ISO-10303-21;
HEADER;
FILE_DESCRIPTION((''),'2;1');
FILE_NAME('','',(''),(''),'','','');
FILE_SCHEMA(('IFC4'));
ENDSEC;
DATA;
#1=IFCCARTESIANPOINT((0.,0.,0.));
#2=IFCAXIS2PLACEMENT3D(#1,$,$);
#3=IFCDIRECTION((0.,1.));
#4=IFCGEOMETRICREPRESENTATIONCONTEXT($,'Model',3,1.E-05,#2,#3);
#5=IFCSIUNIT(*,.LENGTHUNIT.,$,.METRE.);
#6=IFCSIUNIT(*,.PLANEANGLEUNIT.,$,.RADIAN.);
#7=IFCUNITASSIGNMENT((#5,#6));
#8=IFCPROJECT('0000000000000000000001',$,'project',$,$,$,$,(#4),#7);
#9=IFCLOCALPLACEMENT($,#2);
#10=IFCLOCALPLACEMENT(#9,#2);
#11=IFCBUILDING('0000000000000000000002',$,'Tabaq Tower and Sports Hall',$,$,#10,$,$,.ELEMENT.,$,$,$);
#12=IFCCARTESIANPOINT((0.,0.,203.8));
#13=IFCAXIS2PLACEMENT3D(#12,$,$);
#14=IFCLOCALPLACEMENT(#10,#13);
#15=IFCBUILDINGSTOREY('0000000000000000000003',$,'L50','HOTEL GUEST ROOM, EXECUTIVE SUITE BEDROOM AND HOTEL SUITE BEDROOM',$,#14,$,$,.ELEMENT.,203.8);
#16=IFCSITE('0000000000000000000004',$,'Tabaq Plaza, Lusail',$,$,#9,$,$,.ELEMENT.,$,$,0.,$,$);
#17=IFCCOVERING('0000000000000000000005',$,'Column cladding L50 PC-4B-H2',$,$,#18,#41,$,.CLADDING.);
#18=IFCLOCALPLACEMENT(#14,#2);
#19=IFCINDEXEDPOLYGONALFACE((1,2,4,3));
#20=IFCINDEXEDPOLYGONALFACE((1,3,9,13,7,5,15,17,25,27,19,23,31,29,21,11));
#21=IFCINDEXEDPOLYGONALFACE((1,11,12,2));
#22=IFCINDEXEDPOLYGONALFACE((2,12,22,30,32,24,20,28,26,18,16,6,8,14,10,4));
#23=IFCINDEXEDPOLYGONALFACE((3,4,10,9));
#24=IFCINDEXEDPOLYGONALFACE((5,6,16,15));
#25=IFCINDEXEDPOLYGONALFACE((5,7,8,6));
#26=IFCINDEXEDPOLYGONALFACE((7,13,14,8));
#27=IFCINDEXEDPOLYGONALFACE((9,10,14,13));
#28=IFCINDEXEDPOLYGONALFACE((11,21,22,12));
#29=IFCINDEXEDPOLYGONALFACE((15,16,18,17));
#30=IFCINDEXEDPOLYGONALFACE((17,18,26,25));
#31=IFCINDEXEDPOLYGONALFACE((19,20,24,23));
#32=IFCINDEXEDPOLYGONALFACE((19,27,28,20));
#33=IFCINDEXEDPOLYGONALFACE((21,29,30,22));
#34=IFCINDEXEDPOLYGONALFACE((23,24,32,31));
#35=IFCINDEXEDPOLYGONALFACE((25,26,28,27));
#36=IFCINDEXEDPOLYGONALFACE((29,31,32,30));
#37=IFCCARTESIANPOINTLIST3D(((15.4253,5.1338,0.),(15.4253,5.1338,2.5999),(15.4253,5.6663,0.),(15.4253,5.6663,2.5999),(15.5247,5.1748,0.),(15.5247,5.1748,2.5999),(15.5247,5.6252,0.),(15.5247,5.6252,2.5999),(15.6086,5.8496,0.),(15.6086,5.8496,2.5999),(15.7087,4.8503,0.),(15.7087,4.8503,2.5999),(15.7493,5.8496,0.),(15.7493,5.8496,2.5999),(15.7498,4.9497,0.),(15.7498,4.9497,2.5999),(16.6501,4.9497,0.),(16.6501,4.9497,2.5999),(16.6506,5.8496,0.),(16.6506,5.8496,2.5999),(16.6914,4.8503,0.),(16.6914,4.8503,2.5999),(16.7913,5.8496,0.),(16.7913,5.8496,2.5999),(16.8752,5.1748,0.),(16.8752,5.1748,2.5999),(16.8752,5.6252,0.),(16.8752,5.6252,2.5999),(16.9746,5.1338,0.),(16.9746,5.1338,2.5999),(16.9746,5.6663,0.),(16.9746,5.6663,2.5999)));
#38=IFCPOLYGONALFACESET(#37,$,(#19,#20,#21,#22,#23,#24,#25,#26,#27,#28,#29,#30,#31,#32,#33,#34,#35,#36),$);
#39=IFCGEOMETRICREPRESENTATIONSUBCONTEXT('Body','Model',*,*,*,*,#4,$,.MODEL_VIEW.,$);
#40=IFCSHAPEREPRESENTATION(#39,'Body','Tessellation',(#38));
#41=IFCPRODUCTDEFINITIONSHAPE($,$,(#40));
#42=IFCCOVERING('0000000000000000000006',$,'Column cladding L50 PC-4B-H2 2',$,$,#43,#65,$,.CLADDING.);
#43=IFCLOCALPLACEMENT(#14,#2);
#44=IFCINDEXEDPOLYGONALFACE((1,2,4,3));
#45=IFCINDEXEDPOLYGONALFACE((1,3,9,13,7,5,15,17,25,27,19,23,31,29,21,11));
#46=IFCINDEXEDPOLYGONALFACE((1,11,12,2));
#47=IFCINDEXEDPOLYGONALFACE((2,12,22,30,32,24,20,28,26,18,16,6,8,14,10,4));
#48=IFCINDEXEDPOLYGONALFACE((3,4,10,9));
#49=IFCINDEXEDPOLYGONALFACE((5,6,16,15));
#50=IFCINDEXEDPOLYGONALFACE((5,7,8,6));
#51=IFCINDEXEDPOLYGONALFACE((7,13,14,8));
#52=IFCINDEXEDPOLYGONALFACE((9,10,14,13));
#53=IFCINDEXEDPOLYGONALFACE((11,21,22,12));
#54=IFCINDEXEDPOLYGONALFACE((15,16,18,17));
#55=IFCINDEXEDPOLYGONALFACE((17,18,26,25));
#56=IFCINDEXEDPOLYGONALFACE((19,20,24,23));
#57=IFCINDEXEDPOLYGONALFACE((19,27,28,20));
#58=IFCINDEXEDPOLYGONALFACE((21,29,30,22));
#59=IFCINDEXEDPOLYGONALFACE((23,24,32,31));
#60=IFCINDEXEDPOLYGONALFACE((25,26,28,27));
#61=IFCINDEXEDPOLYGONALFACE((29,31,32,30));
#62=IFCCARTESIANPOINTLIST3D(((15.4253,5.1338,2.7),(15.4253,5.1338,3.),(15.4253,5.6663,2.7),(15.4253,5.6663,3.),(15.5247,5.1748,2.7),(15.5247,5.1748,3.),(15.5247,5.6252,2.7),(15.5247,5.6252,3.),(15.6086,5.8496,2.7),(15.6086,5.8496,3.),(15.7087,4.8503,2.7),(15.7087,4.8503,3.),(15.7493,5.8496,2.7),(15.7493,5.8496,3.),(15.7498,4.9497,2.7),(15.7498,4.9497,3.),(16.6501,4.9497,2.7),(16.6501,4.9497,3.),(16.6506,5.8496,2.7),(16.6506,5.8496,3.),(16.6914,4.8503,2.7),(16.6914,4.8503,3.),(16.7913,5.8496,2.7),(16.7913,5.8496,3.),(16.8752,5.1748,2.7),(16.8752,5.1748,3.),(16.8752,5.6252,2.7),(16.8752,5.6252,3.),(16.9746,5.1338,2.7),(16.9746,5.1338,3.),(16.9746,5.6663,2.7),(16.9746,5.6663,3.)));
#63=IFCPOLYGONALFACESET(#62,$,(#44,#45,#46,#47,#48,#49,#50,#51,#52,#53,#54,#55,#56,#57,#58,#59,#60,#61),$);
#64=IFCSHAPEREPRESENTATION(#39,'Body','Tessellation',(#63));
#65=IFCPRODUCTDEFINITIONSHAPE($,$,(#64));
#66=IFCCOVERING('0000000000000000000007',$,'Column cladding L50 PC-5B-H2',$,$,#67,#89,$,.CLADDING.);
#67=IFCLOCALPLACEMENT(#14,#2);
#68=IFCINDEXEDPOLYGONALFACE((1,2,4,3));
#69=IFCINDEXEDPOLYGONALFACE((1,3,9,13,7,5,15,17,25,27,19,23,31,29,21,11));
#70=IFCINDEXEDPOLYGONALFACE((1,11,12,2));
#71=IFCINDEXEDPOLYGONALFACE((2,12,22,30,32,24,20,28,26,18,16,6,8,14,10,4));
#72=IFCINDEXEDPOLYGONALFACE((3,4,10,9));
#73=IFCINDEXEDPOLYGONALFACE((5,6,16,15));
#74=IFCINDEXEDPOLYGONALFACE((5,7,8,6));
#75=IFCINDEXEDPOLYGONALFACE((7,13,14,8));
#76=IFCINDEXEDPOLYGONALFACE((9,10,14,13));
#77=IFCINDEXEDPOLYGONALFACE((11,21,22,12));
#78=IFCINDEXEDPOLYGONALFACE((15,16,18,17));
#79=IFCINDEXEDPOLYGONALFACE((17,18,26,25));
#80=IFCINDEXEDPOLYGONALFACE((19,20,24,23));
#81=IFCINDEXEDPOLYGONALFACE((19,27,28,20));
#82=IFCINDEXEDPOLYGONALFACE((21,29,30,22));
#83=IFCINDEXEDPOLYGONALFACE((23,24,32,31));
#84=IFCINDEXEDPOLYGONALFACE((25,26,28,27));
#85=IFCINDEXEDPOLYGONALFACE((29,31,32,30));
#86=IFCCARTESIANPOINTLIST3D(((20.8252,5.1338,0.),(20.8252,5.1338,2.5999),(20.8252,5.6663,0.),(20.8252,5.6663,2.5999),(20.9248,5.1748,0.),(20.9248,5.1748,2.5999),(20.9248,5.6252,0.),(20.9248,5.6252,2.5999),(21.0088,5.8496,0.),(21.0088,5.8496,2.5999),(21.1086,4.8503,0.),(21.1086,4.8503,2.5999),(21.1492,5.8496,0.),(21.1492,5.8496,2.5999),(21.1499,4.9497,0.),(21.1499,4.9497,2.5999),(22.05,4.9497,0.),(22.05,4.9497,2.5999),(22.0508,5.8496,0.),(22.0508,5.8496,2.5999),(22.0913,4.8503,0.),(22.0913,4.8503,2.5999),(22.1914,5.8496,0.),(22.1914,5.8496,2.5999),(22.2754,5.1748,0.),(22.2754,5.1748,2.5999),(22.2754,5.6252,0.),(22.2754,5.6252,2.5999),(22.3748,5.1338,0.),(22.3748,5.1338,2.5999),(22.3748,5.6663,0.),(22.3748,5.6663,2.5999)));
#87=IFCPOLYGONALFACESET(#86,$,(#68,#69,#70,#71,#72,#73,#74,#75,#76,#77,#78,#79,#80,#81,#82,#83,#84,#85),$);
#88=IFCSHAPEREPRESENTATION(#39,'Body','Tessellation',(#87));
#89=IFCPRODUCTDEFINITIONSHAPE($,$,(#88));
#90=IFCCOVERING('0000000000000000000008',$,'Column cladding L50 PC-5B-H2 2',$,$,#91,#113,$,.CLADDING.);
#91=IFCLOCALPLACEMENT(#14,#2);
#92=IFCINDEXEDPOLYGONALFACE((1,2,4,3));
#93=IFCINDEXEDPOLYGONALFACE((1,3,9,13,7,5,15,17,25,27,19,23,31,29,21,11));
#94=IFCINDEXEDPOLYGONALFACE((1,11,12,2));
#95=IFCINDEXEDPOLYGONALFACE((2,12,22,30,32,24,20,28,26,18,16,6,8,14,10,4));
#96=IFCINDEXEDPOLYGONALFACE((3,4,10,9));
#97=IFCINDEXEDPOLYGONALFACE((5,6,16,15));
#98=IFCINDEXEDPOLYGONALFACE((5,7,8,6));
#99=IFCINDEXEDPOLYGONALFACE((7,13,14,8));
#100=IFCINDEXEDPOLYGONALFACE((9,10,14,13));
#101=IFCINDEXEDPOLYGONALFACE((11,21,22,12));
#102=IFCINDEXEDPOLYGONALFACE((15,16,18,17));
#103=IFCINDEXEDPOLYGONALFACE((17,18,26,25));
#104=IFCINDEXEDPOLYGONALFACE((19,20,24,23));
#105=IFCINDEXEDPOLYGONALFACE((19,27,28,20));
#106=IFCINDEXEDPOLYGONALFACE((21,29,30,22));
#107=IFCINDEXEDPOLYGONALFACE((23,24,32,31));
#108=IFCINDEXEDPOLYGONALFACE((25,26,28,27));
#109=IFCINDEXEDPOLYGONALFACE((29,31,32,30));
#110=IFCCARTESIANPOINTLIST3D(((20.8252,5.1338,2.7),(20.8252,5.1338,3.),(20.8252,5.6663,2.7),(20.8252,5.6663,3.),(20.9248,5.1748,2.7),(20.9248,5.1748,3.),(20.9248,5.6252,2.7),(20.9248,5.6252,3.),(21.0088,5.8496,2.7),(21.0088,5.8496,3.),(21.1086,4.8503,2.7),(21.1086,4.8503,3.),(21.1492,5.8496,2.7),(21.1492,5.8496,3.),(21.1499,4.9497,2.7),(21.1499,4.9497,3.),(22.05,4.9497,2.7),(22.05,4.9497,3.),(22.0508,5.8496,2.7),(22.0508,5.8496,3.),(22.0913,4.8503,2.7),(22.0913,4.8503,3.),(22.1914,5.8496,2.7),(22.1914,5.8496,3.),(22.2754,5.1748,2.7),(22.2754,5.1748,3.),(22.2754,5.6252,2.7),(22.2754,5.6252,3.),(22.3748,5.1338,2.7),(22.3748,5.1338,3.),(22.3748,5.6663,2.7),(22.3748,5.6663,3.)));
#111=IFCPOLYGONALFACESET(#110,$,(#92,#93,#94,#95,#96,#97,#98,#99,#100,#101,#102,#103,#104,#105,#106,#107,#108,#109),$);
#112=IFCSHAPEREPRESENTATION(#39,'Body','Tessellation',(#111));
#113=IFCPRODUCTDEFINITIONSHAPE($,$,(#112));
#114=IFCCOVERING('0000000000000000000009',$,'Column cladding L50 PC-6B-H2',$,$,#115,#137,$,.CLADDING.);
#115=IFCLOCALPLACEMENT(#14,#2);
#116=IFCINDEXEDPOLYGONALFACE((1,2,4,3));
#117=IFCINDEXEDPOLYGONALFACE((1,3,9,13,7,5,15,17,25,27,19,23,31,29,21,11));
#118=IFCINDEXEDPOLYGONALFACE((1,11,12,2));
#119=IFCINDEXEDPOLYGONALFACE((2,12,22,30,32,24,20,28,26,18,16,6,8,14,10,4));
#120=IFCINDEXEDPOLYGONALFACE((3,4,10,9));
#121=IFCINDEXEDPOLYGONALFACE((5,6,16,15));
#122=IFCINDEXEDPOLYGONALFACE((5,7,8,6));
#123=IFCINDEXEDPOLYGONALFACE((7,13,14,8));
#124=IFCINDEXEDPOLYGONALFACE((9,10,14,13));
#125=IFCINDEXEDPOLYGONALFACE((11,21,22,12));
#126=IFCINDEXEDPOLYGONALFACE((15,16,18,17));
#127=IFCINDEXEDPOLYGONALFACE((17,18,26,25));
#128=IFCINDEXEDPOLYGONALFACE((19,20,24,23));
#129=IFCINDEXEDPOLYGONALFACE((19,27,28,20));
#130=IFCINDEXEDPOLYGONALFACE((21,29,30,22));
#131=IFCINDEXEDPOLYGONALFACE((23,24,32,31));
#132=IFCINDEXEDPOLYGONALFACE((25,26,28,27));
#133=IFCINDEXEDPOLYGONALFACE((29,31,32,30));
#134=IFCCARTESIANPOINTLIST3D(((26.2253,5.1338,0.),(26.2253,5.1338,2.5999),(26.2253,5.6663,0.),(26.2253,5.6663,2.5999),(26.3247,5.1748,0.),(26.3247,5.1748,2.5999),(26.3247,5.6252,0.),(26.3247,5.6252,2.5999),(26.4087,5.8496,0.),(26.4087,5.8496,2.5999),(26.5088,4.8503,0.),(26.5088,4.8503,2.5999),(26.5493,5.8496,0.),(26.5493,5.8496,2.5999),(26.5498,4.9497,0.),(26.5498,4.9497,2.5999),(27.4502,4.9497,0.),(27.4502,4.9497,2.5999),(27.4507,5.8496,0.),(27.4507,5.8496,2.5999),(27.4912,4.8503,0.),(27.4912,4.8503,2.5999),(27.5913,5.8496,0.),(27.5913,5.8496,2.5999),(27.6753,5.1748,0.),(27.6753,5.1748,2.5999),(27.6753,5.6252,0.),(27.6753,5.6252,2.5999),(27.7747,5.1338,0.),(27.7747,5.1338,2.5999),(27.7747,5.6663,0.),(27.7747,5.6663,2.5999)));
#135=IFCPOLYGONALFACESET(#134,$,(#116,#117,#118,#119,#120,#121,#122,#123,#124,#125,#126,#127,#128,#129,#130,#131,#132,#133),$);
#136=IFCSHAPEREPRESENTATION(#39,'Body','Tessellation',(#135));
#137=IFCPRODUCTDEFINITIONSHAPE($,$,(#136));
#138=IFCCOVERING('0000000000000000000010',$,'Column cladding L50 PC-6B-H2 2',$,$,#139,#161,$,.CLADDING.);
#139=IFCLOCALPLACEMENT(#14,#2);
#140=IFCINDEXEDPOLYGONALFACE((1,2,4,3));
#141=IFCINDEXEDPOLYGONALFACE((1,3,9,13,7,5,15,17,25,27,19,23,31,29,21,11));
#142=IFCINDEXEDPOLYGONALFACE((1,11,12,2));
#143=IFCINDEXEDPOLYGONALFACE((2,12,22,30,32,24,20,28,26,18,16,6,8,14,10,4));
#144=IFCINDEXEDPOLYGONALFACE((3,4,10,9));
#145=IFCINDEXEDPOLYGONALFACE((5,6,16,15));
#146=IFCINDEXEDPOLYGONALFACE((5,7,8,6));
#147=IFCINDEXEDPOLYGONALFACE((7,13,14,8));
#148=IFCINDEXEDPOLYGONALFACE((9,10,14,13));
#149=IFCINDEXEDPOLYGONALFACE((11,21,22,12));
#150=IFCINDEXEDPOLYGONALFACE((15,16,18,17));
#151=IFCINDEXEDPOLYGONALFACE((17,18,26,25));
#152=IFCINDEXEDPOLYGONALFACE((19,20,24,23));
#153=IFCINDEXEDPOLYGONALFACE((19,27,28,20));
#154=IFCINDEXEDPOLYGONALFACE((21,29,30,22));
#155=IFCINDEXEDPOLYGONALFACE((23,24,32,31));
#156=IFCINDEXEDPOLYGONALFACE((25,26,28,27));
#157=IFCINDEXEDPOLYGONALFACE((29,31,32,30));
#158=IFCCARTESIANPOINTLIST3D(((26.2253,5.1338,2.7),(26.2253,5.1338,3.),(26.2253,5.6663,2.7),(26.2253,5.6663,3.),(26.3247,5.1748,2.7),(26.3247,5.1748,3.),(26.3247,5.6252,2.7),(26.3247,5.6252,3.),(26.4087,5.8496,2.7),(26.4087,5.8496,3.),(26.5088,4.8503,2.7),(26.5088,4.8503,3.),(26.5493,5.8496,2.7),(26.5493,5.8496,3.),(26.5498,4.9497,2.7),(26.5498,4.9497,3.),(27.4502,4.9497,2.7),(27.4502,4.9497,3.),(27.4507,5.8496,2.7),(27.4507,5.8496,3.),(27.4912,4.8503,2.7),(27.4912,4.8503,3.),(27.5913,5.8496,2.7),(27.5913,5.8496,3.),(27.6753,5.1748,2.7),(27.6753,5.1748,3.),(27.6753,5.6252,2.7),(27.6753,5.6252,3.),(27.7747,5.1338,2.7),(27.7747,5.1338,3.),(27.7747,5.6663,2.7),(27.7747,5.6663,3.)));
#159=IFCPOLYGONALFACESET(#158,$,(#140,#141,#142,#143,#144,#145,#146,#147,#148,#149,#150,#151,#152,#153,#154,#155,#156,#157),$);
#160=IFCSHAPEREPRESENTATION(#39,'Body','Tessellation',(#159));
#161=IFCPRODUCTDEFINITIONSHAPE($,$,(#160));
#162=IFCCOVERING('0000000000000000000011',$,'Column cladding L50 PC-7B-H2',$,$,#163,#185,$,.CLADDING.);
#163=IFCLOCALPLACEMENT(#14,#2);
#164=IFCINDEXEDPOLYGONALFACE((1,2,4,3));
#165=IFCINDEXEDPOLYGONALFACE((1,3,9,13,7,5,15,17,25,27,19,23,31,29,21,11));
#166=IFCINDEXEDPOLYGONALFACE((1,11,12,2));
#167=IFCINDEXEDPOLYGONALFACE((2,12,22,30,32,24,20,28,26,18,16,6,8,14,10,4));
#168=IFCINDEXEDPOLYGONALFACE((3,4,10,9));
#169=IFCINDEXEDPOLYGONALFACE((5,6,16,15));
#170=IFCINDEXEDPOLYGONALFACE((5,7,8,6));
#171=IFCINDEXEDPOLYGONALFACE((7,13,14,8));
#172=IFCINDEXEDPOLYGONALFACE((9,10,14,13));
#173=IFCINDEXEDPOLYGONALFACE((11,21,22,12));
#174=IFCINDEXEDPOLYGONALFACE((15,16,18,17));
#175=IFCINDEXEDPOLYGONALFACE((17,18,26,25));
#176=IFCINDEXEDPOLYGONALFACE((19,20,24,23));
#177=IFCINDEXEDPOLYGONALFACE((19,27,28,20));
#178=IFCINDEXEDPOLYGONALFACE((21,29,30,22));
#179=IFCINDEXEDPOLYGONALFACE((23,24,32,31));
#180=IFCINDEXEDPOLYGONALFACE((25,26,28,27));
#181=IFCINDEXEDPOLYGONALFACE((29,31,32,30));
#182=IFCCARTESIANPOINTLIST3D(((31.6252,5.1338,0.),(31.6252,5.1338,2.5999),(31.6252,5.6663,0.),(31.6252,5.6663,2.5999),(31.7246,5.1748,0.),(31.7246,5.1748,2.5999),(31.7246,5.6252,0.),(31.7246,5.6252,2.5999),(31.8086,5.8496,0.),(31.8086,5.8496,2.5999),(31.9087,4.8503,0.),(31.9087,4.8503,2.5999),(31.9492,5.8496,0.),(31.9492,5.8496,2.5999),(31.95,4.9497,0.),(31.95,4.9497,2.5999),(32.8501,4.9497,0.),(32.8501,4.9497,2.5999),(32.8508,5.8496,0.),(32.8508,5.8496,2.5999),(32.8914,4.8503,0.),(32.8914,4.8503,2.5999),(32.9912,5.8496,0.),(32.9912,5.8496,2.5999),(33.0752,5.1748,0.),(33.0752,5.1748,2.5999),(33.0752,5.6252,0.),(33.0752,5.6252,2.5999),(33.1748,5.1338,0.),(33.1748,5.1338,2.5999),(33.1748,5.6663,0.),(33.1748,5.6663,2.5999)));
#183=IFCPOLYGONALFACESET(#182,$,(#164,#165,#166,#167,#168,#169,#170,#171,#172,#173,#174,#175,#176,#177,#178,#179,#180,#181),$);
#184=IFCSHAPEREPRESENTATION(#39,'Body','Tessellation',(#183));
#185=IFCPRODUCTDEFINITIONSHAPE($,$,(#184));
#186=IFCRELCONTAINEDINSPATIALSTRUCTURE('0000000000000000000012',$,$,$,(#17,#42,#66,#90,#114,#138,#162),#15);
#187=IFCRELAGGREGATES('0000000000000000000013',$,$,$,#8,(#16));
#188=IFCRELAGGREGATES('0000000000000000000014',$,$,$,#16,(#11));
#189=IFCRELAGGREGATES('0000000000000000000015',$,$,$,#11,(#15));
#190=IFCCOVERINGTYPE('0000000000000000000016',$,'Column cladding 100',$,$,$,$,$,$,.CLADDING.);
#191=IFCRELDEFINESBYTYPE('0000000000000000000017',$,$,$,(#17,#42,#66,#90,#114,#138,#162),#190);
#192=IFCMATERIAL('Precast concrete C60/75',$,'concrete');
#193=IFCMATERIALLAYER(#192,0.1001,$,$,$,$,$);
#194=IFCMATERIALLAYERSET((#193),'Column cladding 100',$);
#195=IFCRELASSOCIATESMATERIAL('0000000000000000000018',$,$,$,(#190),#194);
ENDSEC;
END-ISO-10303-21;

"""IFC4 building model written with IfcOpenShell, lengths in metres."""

from ifc_helpers import new_model, si_unit, direction, frame, origin, place, context, subcontext, project, spatial, polyline, outline, extrude, material, layer, layer_set, type_object, element, save


model = new_model("IFC4")

# Units and contexts
model_context = context("Model", 3, precision=1e-05, world=origin(), true_north=direction((0.0, 1.0)))
body_context = subcontext(model_context, "Body", "Model", "MODEL_VIEW")
ifc_project = project(units=[si_unit("LENGTHUNIT", "METRE"), si_unit("PLANEANGLEUNIT", "RADIAN")], contexts=[model_context])

# Site, building, storey
site_placement = place(None, origin())
site = spatial("IfcSite", under=ifc_project, at=site_placement, Name="Tabaq Plaza, Lusail", CompositionType="ELEMENT", RefElevation=0.0)
building_placement = place(site_placement, origin())
building = spatial("IfcBuilding", under=site, at=building_placement, Name="Tabaq Tower and Sports Hall", CompositionType="ELEMENT")
storey_placement = place(building_placement, frame((0.0, 0.0, 203.8)))
storey = spatial("IfcBuildingStorey", under=building, at=storey_placement, Name="L50", Description="HOTEL GUEST ROOM, EXECUTIVE SUITE BEDROOM AND HOTEL SUITE BEDROOM", CompositionType="ELEMENT", Elevation=203.8)

# Coverings
ifc_material_1 = material(Name="Precast concrete C60/75", Category="concrete")
ifc_layer_1 = layer(ifc_material_1, 0.1001)
ifc_layer_set_1 = layer_set([ifc_layer_1], Name="Column cladding 100")
covering_type = type_object("IfcCoveringType", Name="Column cladding 100", PredefinedType="CLADDING", material=ifc_layer_set_1)
covering_1_placement = place(storey_placement, origin())
element("IfcCovering", 1, at=covering_1_placement, inside=storey, type_object=covering_type, Name="Column cladding L50 PC-4B-H2", PredefinedType="CLADDING", context=body_context, shape_type="SweptSolid", body=[
    extrude(outline(polyline([(15.4253, 5.6663), (15.6086, 5.8496), (15.7493, 5.8496), (15.5247, 5.6252), (15.5247, 5.1748), (15.7498, 4.9497), (16.6501, 4.9497), (16.8752, 5.1748), (16.8752, 5.6252), (16.6506, 5.8496), (16.7913, 5.8496), (16.9746, 5.6663), (16.9746, 5.1338), (16.6914, 4.8503), (15.7087, 4.8503), (15.4253, 5.1338), (15.4253, 5.6663)])), origin(), (0.0, 0.0, 1.0), 2.5999),
])
covering_2_placement = place(storey_placement, frame((0.0, 0.0, 2.7)))
element("IfcCovering", 2, at=covering_2_placement, inside=storey, type_object=covering_type, Name="Column cladding L50 PC-4B-H2 2", PredefinedType="CLADDING", context=body_context, shape_type="SweptSolid", body=[
    extrude(outline(polyline([(15.4253, 5.6663), (15.6086, 5.8496), (15.7493, 5.8496), (15.5247, 5.6252), (15.5247, 5.1748), (15.7498, 4.9497), (16.6501, 4.9497), (16.8752, 5.1748), (16.8752, 5.6252), (16.6506, 5.8496), (16.7913, 5.8496), (16.9746, 5.6663), (16.9746, 5.1338), (16.6914, 4.8503), (15.7087, 4.8503), (15.4253, 5.1338), (15.4253, 5.6663)])), origin(), (0.0, 0.0, 1.0), 0.3),
])
covering_3_placement = place(storey_placement, origin())
element("IfcCovering", 3, at=covering_3_placement, inside=storey, type_object=covering_type, Name="Column cladding L50 PC-5B-H2", PredefinedType="CLADDING", context=body_context, shape_type="SweptSolid", body=[
    extrude(outline(polyline([(20.8252, 5.6663), (21.0088, 5.8496), (21.1492, 5.8496), (20.9248, 5.6252), (20.9248, 5.1748), (21.1499, 4.9497), (22.05, 4.9497), (22.2754, 5.1748), (22.2754, 5.6252), (22.0508, 5.8496), (22.1914, 5.8496), (22.3748, 5.6663), (22.3748, 5.1338), (22.0913, 4.8503), (21.1086, 4.8503), (20.8252, 5.1338), (20.8252, 5.6663)])), origin(), (0.0, 0.0, 1.0), 2.5999),
])
covering_4_placement = place(storey_placement, frame((0.0, 0.0, 2.7)))
element("IfcCovering", 4, at=covering_4_placement, inside=storey, type_object=covering_type, Name="Column cladding L50 PC-5B-H2 2", PredefinedType="CLADDING", context=body_context, shape_type="SweptSolid", body=[
    extrude(outline(polyline([(20.8252, 5.6663), (21.0088, 5.8496), (21.1492, 5.8496), (20.9248, 5.6252), (20.9248, 5.1748), (21.1499, 4.9497), (22.05, 4.9497), (22.2754, 5.1748), (22.2754, 5.6252), (22.0508, 5.8496), (22.1914, 5.8496), (22.3748, 5.6663), (22.3748, 5.1338), (22.0913, 4.8503), (21.1086, 4.8503), (20.8252, 5.1338), (20.8252, 5.6663)])), origin(), (0.0, 0.0, 1.0), 0.3),
])
covering_5_placement = place(storey_placement, origin())
element("IfcCovering", 5, at=covering_5_placement, inside=storey, type_object=covering_type, Name="Column cladding L50 PC-6B-H2", PredefinedType="CLADDING", context=body_context, shape_type="SweptSolid", body=[
    extrude(outline(polyline([(26.2253, 5.6663), (26.4087, 5.8496), (26.5493, 5.8496), (26.3247, 5.6252), (26.3247, 5.1748), (26.5498, 4.9497), (27.4502, 4.9497), (27.6753, 5.1748), (27.6753, 5.6252), (27.4507, 5.8496), (27.5913, 5.8496), (27.7747, 5.6663), (27.7747, 5.1338), (27.4912, 4.8503), (26.5088, 4.8503), (26.2253, 5.1338), (26.2253, 5.6663)])), origin(), (0.0, 0.0, 1.0), 2.5999),
])
covering_6_placement = place(storey_placement, frame((0.0, 0.0, 2.7)))
element("IfcCovering", 6, at=covering_6_placement, inside=storey, type_object=covering_type, Name="Column cladding L50 PC-6B-H2 2", PredefinedType="CLADDING", context=body_context, shape_type="SweptSolid", body=[
    extrude(outline(polyline([(26.2253, 5.6663), (26.4087, 5.8496), (26.5493, 5.8496), (26.3247, 5.6252), (26.3247, 5.1748), (26.5498, 4.9497), (27.4502, 4.9497), (27.6753, 5.1748), (27.6753, 5.6252), (27.4507, 5.8496), (27.5913, 5.8496), (27.7747, 5.6663), (27.7747, 5.1338), (27.4912, 4.8503), (26.5088, 4.8503), (26.2253, 5.1338), (26.2253, 5.6663)])), origin(), (0.0, 0.0, 1.0), 0.3),
])
covering_7_placement = place(storey_placement, origin())
element("IfcCovering", 7, at=covering_7_placement, inside=storey, type_object=covering_type, Name="Column cladding L50 PC-7B-H2", PredefinedType="CLADDING", context=body_context, shape_type="SweptSolid", body=[
    extrude(outline(polyline([(31.6252, 5.6663), (31.8086, 5.8496), (31.9492, 5.8496), (31.7246, 5.6252), (31.7246, 5.1748), (31.95, 4.9497), (32.8501, 4.9497), (33.0752, 5.1748), (33.0752, 5.6252), (32.8508, 5.8496), (32.9912, 5.8496), (33.1748, 5.6663), (33.1748, 5.1338), (32.8914, 4.8503), (31.9087, 4.8503), (31.6252, 5.1338), (31.6252, 5.6663)])), origin(), (0.0, 0.0, 1.0), 2.5999),
])

save(model, "model.ifc")
